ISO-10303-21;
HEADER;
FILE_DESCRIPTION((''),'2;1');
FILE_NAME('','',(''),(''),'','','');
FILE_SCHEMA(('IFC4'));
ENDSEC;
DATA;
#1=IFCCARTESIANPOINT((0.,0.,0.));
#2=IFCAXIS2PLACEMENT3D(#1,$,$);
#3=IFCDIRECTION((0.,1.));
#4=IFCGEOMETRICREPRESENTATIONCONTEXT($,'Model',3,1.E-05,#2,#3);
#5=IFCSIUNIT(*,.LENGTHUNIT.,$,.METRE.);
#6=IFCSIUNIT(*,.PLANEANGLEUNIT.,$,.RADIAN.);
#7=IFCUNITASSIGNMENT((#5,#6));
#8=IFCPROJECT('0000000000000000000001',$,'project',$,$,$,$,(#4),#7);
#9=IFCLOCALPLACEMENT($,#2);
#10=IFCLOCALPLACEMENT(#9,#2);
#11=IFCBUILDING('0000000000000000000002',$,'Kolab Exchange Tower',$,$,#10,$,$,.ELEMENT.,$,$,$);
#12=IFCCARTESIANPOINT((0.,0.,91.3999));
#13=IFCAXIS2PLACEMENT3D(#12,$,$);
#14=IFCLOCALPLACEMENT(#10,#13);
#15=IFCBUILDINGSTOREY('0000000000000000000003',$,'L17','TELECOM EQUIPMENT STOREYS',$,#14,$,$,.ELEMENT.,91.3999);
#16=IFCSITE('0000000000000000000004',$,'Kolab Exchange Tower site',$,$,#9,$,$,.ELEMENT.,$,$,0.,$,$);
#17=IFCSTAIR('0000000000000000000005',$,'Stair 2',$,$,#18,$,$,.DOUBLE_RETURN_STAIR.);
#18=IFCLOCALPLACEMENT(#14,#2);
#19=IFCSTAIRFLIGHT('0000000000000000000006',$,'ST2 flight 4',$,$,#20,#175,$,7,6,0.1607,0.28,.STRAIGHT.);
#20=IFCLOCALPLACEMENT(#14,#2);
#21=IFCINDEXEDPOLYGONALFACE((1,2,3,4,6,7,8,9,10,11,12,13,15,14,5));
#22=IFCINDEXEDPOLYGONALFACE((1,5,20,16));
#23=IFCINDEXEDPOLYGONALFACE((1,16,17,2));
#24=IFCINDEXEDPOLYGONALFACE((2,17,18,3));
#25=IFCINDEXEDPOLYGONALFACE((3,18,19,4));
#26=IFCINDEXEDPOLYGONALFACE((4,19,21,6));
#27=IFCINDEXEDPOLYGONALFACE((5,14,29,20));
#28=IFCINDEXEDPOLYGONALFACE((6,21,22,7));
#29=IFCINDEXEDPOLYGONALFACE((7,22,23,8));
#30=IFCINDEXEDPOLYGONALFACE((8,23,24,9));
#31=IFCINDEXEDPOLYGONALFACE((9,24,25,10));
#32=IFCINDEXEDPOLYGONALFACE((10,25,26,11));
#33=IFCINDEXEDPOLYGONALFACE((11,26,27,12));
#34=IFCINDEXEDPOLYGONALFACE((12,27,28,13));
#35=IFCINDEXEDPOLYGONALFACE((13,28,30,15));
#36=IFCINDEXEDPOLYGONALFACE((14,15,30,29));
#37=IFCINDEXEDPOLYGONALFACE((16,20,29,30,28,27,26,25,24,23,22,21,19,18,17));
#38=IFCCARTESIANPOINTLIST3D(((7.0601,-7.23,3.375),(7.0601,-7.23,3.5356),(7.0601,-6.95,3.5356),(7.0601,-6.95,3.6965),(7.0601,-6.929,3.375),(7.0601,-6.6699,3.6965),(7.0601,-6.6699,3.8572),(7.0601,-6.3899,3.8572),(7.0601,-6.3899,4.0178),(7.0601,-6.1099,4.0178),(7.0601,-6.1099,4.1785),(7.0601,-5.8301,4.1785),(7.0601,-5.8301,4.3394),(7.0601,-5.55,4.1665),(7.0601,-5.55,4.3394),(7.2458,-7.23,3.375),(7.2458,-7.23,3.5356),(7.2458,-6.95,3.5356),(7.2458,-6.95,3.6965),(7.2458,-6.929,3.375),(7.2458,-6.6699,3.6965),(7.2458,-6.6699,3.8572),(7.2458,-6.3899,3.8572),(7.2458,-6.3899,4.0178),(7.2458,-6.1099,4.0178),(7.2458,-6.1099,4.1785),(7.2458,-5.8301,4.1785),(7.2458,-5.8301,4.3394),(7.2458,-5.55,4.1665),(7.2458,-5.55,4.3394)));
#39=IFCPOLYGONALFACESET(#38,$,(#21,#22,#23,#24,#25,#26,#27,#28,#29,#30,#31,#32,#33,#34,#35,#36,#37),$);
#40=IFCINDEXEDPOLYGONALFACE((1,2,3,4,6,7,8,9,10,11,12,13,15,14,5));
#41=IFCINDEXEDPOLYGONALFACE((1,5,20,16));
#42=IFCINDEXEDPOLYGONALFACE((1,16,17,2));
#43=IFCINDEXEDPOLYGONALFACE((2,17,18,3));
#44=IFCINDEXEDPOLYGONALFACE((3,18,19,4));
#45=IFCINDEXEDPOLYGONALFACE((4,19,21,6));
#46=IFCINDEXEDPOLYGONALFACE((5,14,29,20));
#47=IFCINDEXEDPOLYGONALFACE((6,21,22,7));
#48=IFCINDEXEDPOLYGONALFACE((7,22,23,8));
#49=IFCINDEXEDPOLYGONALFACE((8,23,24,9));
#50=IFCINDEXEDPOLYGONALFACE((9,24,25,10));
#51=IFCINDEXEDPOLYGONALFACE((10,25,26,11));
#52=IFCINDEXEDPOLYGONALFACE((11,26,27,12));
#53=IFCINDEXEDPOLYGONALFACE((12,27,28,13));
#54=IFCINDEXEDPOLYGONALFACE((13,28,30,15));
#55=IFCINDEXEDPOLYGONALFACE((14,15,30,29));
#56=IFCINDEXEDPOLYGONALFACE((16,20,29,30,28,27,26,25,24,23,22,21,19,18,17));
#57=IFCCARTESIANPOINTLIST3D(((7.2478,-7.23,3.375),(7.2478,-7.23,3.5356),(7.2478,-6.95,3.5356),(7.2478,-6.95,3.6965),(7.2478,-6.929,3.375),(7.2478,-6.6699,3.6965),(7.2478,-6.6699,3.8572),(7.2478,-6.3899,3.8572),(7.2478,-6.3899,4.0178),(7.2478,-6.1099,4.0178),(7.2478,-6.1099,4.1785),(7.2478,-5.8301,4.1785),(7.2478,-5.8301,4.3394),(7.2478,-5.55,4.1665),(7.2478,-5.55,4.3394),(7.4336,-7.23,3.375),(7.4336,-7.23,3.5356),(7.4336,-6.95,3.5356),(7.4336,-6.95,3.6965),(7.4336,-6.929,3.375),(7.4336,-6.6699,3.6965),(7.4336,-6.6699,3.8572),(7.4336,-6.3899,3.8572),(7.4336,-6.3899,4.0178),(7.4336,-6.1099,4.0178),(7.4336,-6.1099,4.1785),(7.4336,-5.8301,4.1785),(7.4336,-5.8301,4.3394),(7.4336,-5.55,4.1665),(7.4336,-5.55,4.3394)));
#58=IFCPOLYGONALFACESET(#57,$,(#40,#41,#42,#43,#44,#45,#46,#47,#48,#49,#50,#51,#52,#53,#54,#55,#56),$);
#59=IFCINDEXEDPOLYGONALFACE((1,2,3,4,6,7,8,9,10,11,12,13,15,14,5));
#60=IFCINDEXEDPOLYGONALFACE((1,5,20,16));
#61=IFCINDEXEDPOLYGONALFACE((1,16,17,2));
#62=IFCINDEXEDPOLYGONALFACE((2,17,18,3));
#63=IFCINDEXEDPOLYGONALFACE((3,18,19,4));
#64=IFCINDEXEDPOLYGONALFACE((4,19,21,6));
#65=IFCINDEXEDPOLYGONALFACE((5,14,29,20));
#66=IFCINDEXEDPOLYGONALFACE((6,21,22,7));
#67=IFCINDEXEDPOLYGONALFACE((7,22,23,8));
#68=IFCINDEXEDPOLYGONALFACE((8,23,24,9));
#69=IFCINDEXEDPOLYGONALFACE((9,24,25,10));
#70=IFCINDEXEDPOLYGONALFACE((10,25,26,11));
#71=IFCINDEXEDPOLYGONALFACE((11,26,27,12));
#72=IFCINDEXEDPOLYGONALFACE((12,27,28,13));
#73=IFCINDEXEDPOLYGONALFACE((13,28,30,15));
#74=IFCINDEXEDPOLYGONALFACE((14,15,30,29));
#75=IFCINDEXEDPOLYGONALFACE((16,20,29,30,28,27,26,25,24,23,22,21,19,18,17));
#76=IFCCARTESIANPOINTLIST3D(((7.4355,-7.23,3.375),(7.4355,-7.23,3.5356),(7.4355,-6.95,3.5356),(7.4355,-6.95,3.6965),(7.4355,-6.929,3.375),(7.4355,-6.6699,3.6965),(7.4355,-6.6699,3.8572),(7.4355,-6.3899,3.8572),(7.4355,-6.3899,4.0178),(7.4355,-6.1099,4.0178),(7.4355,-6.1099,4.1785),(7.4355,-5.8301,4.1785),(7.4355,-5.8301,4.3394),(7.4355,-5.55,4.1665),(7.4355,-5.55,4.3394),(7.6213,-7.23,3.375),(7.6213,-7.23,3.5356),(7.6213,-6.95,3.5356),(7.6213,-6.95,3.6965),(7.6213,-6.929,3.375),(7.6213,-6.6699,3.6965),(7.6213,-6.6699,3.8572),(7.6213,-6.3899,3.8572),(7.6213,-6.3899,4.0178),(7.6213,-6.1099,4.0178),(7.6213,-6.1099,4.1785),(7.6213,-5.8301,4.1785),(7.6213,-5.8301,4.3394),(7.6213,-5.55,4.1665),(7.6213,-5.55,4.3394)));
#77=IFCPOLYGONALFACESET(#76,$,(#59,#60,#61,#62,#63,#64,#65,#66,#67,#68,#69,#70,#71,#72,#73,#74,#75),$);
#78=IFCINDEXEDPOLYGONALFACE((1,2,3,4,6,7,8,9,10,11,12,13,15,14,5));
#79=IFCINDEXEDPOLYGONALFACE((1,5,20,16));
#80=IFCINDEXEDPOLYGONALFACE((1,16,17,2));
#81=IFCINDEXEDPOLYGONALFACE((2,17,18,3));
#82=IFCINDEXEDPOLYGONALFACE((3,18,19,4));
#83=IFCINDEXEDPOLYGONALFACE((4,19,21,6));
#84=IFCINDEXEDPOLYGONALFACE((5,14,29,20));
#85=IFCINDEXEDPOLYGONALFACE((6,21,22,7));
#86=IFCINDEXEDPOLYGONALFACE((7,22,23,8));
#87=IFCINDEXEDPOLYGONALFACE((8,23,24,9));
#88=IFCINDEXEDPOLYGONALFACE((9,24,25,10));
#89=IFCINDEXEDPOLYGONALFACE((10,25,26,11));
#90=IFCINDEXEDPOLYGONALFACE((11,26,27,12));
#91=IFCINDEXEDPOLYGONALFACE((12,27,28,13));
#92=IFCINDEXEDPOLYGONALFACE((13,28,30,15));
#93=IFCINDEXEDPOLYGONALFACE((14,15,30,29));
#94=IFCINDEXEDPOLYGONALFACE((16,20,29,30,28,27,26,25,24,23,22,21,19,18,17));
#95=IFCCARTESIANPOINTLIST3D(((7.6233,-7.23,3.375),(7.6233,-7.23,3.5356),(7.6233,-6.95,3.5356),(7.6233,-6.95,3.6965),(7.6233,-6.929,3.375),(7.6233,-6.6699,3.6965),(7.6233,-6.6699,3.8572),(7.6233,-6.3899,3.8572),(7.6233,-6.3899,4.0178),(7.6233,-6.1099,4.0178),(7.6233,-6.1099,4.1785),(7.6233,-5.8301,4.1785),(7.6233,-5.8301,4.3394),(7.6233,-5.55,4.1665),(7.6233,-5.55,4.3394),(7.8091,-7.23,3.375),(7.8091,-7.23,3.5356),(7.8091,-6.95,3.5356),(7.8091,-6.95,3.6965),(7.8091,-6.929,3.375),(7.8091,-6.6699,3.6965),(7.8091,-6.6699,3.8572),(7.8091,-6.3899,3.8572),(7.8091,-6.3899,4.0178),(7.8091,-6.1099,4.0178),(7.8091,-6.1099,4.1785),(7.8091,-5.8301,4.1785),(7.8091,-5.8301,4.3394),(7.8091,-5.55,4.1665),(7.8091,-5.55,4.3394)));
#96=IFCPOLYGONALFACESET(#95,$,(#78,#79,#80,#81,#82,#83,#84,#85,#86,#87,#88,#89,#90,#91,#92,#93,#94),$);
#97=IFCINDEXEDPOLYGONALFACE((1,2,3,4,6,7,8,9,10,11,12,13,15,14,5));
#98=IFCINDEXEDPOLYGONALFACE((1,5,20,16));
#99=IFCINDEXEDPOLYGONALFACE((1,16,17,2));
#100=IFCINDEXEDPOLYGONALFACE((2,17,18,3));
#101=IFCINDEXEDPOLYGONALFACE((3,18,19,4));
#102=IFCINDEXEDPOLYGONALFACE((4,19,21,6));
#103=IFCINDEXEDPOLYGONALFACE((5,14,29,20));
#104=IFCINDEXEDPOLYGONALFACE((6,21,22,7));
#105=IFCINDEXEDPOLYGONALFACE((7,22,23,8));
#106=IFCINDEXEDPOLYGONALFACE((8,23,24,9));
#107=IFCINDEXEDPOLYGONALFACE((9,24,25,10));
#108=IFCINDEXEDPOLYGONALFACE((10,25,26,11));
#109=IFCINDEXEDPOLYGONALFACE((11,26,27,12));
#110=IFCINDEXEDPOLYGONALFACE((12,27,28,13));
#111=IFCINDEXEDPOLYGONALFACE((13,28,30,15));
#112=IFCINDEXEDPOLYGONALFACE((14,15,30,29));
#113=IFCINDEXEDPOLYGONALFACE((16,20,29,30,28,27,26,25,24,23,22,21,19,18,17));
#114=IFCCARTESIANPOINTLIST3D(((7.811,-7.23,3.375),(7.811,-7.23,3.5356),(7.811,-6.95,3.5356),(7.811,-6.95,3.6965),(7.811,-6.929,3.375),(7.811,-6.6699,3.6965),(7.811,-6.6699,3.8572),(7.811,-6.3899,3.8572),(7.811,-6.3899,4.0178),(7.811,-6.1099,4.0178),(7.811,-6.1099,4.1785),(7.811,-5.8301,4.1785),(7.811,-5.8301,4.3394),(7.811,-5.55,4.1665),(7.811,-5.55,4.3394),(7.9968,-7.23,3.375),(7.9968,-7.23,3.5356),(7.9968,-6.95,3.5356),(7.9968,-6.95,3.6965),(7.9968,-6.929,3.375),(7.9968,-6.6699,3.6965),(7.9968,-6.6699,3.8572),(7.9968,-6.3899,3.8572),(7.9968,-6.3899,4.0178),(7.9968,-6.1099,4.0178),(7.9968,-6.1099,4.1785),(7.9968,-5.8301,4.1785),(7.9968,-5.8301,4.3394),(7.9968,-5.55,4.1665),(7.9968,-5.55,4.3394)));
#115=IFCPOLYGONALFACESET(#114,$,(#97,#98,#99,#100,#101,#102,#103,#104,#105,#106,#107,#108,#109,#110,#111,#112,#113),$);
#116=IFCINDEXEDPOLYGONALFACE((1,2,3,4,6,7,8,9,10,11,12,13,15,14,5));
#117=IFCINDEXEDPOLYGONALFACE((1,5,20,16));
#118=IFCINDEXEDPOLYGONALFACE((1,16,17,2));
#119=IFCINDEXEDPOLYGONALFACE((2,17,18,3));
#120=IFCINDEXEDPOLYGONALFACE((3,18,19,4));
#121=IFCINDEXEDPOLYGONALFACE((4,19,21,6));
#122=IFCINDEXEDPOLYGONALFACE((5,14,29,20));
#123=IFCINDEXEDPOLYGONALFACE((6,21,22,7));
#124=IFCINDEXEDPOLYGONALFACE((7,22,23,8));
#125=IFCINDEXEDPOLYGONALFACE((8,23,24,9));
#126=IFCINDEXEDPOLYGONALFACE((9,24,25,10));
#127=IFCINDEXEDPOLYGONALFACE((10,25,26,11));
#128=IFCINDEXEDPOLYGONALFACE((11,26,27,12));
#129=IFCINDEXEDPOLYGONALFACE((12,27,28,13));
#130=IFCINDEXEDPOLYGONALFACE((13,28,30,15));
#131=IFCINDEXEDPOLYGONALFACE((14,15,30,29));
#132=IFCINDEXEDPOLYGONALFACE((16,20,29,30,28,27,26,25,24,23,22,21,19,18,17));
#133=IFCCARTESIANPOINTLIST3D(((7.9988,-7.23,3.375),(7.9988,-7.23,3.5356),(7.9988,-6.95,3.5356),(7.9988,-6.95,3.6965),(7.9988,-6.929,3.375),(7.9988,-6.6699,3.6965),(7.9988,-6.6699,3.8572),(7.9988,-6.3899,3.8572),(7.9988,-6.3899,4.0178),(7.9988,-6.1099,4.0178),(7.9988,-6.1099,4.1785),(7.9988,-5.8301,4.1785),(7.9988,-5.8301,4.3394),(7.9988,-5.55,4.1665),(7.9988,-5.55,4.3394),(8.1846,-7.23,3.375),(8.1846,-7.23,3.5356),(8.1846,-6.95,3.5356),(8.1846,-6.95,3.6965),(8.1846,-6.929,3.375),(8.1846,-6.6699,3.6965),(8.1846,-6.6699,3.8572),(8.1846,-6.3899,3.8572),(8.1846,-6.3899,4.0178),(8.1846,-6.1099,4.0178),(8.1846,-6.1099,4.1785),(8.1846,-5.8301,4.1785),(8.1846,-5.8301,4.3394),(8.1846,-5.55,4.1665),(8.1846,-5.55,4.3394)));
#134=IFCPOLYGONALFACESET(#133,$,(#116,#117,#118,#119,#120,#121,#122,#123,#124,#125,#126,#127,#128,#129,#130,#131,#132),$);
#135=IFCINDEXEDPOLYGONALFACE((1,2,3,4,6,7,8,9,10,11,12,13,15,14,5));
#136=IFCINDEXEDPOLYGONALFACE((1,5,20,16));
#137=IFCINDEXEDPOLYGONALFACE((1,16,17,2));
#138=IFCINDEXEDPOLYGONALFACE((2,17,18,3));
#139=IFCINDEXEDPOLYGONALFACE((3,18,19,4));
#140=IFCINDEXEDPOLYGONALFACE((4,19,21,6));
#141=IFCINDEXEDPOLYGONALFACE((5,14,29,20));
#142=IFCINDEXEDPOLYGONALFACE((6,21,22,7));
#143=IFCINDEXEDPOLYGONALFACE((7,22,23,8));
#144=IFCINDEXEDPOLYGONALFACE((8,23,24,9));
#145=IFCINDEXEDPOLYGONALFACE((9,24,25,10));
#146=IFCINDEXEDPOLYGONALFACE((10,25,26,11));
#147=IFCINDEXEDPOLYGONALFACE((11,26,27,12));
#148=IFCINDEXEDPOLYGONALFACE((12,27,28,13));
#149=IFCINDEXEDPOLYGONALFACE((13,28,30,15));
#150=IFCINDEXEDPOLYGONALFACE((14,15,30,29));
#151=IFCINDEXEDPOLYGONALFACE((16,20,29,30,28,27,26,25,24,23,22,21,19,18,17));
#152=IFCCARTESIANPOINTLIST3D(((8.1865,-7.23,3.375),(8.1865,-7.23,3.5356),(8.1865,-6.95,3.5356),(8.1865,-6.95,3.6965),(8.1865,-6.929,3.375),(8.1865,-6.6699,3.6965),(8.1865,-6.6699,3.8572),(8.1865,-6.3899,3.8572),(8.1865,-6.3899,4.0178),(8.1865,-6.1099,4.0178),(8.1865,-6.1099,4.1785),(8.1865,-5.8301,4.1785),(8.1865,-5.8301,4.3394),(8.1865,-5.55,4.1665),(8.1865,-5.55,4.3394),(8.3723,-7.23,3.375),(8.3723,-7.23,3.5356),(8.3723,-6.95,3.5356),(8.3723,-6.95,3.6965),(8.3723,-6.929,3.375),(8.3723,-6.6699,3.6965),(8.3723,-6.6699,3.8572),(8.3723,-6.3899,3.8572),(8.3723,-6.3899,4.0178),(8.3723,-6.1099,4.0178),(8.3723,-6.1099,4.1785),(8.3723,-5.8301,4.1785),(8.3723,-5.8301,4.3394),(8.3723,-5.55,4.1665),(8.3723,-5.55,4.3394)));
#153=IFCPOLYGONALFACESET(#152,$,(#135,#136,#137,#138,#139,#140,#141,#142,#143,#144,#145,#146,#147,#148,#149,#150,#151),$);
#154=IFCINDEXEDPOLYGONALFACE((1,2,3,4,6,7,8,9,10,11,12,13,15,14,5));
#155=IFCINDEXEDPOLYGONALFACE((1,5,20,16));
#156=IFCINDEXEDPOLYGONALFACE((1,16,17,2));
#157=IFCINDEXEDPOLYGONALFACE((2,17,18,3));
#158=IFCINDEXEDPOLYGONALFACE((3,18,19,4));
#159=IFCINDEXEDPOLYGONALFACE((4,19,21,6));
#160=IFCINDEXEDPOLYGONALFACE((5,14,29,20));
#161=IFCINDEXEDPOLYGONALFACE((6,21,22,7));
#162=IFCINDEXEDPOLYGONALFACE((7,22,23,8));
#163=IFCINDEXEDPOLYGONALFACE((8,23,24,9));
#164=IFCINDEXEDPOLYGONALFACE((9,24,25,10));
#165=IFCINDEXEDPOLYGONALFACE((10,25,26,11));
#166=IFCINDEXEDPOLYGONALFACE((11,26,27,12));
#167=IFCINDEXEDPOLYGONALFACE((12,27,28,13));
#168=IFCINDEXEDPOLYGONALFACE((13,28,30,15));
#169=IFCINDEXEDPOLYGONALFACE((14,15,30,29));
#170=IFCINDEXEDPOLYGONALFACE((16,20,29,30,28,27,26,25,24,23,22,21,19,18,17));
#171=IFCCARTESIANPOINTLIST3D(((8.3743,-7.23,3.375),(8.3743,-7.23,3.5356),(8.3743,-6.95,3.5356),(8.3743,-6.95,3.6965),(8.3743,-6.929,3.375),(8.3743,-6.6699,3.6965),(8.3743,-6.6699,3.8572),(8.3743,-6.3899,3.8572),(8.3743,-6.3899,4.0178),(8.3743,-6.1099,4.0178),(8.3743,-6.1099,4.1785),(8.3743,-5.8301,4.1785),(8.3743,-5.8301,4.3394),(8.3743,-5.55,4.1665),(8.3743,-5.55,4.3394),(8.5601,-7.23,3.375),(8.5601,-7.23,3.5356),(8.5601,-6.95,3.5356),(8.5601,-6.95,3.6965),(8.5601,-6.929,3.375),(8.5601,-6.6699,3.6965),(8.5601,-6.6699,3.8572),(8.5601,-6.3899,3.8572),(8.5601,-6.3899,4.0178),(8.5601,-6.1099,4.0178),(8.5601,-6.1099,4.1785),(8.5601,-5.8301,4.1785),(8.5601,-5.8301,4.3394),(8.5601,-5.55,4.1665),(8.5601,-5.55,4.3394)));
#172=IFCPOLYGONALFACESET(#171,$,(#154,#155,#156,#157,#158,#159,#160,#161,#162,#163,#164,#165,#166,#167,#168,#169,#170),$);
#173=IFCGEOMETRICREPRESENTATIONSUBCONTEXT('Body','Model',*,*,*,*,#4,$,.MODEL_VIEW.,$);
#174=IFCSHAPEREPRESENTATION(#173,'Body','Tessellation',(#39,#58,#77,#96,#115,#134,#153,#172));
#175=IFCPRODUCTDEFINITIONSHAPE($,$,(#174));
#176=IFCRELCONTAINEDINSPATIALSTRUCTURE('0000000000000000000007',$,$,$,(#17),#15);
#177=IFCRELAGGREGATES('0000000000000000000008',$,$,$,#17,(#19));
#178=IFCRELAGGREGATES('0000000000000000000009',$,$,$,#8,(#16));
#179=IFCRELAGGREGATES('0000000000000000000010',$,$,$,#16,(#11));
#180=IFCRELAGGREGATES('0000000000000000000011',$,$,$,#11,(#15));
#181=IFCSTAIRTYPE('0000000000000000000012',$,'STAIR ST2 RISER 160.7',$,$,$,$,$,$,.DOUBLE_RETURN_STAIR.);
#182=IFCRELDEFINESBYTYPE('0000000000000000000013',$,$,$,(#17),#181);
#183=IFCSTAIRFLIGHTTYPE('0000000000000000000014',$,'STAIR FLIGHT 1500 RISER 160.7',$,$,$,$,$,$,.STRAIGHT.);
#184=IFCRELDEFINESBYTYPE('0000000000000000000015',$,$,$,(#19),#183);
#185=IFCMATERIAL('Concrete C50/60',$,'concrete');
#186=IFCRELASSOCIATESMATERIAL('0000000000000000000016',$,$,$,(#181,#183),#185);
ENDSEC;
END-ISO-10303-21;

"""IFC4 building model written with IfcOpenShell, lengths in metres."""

from ifc_helpers import new_model, si_unit, direction, frame, origin, place, context, subcontext, project, spatial, polyline, outline, extrude, material, type_object, element, aggregate, save


model = new_model("IFC4")

# Units and contexts
model_context = context("Model", 3, precision=1e-05, world=origin(), true_north=direction((0.0, 1.0)))
body_context = subcontext(model_context, "Body", "Model", "MODEL_VIEW")
ifc_project = project(units=[si_unit("LENGTHUNIT", "METRE"), si_unit("PLANEANGLEUNIT", "RADIAN")], contexts=[model_context])

# Site, building, storey
site_placement = place(None, origin())
site = spatial("IfcSite", under=ifc_project, at=site_placement, Name="Kolab Exchange Tower site", CompositionType="ELEMENT", RefElevation=0.0)
building_placement = place(site_placement, origin())
building = spatial("IfcBuilding", under=site, at=building_placement, Name="Kolab Exchange Tower", CompositionType="ELEMENT")
storey_placement = place(building_placement, frame((0.0, 0.0, 91.3999)))
storey = spatial("IfcBuildingStorey", under=building, at=storey_placement, Name="L17", Description="TELECOM EQUIPMENT STOREYS", CompositionType="ELEMENT", Elevation=91.3999)

# Shared definitions
ifc_material_1 = material(Name="Concrete C50/60", Category="concrete")

# Stair, stair flight
stair_type = type_object("IfcStairType", Name="STAIR ST2 RISER 160.7", PredefinedType="DOUBLE_RETURN_STAIR", material=ifc_material_1)
stair_placement = place(storey_placement, origin())
stair = element("IfcStair", 1, at=stair_placement, inside=storey, type_object=stair_type, Name="Stair 2", PredefinedType="DOUBLE_RETURN_STAIR")
stair_flight_type = type_object("IfcStairFlightType", Name="STAIR FLIGHT 1500 RISER 160.7", PredefinedType="STRAIGHT", material=ifc_material_1)
stair_flight_1_placement = place(storey_placement, frame((7.8101, -7.23, 3.375), z_axis=(0.0, 0.0, 1.0), x_axis=(0.0, 1.0, 0.0)))
stair_flight_1 = element("IfcStairFlight", 2, at=stair_flight_1_placement, type_object=stair_flight_type, Name="ST2 flight 4", NumberOfRisers=7, NumberOfTreads=6, PredefinedType="STRAIGHT", RiserHeight=0.1607, TreadLength=0.28, context=body_context, shape_type="SweptSolid", body=[
    extrude(outline(polyline([(0.0, 0.0), (0.0, 0.1606), (0.28, 0.1606), (0.28, 0.3215), (0.5601, 0.3215), (0.5601, 0.4822), (0.8401, 0.4822), (0.8401, 0.6428), (1.1201, 0.6428), (1.1201, 0.8035), (1.3999, 0.8035), (1.3999, 0.9644), (1.6799, 0.9644), (1.6799, 1.125), (1.6799, 0.7915), (0.301, 0.0), (0.0, 0.0)])), frame((0.0, 0.75, 0.0), z_axis=(0.0, -1.0, 0.0), x_axis=(1.0, 0.0, 0.0)), (0.0, 0.0, 1.0), 0.1858),
    extrude(outline(polyline([(0.0, 0.0), (0.0, 0.1606), (0.28, 0.1606), (0.28, 0.3215), (0.5601, 0.3215), (0.5601, 0.4822), (0.8401, 0.4822), (0.8401, 0.6428), (1.1201, 0.6428), (1.1201, 0.8035), (1.3999, 0.8035), (1.3999, 0.9644), (1.6799, 0.9644), (1.6799, 1.125), (1.6799, 0.7915), (0.301, 0.0), (0.0, 0.0)])), frame((0.0, 0.5623, 0.0), z_axis=(0.0, -1.0, 0.0), x_axis=(1.0, 0.0, 0.0)), (0.0, 0.0, 1.0), 0.1858),
    extrude(outline(polyline([(0.0, 0.0), (0.0, 0.1606), (0.28, 0.1606), (0.28, 0.3215), (0.5601, 0.3215), (0.5601, 0.4822), (0.8401, 0.4822), (0.8401, 0.6428), (1.1201, 0.6428), (1.1201, 0.8035), (1.3999, 0.8035), (1.3999, 0.9644), (1.6799, 0.9644), (1.6799, 1.125), (1.6799, 0.7915), (0.301, 0.0), (0.0, 0.0)])), frame((0.0, 0.3745, 0.0), z_axis=(0.0, -1.0, 0.0), x_axis=(1.0, 0.0, 0.0)), (0.0, 0.0, 1.0), 0.1858),
    extrude(outline(polyline([(0.0, 0.0), (0.0, 0.1606), (0.28, 0.1606), (0.28, 0.3215), (0.5601, 0.3215), (0.5601, 0.4822), (0.8401, 0.4822), (0.8401, 0.6428), (1.1201, 0.6428), (1.1201, 0.8035), (1.3999, 0.8035), (1.3999, 0.9644), (1.6799, 0.9644), (1.6799, 1.125), (1.6799, 0.7915), (0.301, 0.0), (0.0, 0.0)])), frame((0.0, 0.1868, 0.0), z_axis=(0.0, -1.0, 0.0), x_axis=(1.0, 0.0, 0.0)), (0.0, 0.0, 1.0), 0.1858),
    extrude(outline(polyline([(0.0, 0.0), (0.0, 0.1606), (0.28, 0.1606), (0.28, 0.3215), (0.5601, 0.3215), (0.5601, 0.4822), (0.8401, 0.4822), (0.8401, 0.6428), (1.1201, 0.6428), (1.1201, 0.8035), (1.3999, 0.8035), (1.3999, 0.9644), (1.6799, 0.9644), (1.6799, 1.125), (1.6799, 0.7915), (0.301, 0.0), (0.0, 0.0)])), frame((0.0, -0.001, 0.0), z_axis=(0.0, -1.0, 0.0), x_axis=(1.0, 0.0, 0.0)), (0.0, 0.0, 1.0), 0.1858),
    extrude(outline(polyline([(0.0, 0.0), (0.0, 0.1606), (0.28, 0.1606), (0.28, 0.3215), (0.5601, 0.3215), (0.5601, 0.4822), (0.8401, 0.4822), (0.8401, 0.6428), (1.1201, 0.6428), (1.1201, 0.8035), (1.3999, 0.8035), (1.3999, 0.9644), (1.6799, 0.9644), (1.6799, 1.125), (1.6799, 0.7915), (0.301, 0.0), (0.0, 0.0)])), frame((0.0, -0.1887, 0.0), z_axis=(0.0, -1.0, 0.0), x_axis=(1.0, 0.0, 0.0)), (0.0, 0.0, 1.0), 0.1858),
    extrude(outline(polyline([(0.0, 0.0), (0.0, 0.1606), (0.28, 0.1606), (0.28, 0.3215), (0.5601, 0.3215), (0.5601, 0.4822), (0.8401, 0.4822), (0.8401, 0.6428), (1.1201, 0.6428), (1.1201, 0.8035), (1.3999, 0.8035), (1.3999, 0.9644), (1.6799, 0.9644), (1.6799, 1.125), (1.6799, 0.7915), (0.301, 0.0), (0.0, 0.0)])), frame((0.0, -0.3765, 0.0), z_axis=(0.0, -1.0, 0.0), x_axis=(1.0, 0.0, 0.0)), (0.0, 0.0, 1.0), 0.1858),
    extrude(outline(polyline([(0.0, 0.0), (0.0, 0.1606), (0.28, 0.1606), (0.28, 0.3215), (0.5601, 0.3215), (0.5601, 0.4822), (0.8401, 0.4822), (0.8401, 0.6428), (1.1201, 0.6428), (1.1201, 0.8035), (1.3999, 0.8035), (1.3999, 0.9644), (1.6799, 0.9644), (1.6799, 1.125), (1.6799, 0.7915), (0.301, 0.0), (0.0, 0.0)])), frame((0.0, -0.5642, 0.0), z_axis=(0.0, -1.0, 0.0), x_axis=(1.0, 0.0, 0.0)), (0.0, 0.0, 1.0), 0.1858),
])
aggregate(stair, [stair_flight_1])

save(model, "model.ifc")
